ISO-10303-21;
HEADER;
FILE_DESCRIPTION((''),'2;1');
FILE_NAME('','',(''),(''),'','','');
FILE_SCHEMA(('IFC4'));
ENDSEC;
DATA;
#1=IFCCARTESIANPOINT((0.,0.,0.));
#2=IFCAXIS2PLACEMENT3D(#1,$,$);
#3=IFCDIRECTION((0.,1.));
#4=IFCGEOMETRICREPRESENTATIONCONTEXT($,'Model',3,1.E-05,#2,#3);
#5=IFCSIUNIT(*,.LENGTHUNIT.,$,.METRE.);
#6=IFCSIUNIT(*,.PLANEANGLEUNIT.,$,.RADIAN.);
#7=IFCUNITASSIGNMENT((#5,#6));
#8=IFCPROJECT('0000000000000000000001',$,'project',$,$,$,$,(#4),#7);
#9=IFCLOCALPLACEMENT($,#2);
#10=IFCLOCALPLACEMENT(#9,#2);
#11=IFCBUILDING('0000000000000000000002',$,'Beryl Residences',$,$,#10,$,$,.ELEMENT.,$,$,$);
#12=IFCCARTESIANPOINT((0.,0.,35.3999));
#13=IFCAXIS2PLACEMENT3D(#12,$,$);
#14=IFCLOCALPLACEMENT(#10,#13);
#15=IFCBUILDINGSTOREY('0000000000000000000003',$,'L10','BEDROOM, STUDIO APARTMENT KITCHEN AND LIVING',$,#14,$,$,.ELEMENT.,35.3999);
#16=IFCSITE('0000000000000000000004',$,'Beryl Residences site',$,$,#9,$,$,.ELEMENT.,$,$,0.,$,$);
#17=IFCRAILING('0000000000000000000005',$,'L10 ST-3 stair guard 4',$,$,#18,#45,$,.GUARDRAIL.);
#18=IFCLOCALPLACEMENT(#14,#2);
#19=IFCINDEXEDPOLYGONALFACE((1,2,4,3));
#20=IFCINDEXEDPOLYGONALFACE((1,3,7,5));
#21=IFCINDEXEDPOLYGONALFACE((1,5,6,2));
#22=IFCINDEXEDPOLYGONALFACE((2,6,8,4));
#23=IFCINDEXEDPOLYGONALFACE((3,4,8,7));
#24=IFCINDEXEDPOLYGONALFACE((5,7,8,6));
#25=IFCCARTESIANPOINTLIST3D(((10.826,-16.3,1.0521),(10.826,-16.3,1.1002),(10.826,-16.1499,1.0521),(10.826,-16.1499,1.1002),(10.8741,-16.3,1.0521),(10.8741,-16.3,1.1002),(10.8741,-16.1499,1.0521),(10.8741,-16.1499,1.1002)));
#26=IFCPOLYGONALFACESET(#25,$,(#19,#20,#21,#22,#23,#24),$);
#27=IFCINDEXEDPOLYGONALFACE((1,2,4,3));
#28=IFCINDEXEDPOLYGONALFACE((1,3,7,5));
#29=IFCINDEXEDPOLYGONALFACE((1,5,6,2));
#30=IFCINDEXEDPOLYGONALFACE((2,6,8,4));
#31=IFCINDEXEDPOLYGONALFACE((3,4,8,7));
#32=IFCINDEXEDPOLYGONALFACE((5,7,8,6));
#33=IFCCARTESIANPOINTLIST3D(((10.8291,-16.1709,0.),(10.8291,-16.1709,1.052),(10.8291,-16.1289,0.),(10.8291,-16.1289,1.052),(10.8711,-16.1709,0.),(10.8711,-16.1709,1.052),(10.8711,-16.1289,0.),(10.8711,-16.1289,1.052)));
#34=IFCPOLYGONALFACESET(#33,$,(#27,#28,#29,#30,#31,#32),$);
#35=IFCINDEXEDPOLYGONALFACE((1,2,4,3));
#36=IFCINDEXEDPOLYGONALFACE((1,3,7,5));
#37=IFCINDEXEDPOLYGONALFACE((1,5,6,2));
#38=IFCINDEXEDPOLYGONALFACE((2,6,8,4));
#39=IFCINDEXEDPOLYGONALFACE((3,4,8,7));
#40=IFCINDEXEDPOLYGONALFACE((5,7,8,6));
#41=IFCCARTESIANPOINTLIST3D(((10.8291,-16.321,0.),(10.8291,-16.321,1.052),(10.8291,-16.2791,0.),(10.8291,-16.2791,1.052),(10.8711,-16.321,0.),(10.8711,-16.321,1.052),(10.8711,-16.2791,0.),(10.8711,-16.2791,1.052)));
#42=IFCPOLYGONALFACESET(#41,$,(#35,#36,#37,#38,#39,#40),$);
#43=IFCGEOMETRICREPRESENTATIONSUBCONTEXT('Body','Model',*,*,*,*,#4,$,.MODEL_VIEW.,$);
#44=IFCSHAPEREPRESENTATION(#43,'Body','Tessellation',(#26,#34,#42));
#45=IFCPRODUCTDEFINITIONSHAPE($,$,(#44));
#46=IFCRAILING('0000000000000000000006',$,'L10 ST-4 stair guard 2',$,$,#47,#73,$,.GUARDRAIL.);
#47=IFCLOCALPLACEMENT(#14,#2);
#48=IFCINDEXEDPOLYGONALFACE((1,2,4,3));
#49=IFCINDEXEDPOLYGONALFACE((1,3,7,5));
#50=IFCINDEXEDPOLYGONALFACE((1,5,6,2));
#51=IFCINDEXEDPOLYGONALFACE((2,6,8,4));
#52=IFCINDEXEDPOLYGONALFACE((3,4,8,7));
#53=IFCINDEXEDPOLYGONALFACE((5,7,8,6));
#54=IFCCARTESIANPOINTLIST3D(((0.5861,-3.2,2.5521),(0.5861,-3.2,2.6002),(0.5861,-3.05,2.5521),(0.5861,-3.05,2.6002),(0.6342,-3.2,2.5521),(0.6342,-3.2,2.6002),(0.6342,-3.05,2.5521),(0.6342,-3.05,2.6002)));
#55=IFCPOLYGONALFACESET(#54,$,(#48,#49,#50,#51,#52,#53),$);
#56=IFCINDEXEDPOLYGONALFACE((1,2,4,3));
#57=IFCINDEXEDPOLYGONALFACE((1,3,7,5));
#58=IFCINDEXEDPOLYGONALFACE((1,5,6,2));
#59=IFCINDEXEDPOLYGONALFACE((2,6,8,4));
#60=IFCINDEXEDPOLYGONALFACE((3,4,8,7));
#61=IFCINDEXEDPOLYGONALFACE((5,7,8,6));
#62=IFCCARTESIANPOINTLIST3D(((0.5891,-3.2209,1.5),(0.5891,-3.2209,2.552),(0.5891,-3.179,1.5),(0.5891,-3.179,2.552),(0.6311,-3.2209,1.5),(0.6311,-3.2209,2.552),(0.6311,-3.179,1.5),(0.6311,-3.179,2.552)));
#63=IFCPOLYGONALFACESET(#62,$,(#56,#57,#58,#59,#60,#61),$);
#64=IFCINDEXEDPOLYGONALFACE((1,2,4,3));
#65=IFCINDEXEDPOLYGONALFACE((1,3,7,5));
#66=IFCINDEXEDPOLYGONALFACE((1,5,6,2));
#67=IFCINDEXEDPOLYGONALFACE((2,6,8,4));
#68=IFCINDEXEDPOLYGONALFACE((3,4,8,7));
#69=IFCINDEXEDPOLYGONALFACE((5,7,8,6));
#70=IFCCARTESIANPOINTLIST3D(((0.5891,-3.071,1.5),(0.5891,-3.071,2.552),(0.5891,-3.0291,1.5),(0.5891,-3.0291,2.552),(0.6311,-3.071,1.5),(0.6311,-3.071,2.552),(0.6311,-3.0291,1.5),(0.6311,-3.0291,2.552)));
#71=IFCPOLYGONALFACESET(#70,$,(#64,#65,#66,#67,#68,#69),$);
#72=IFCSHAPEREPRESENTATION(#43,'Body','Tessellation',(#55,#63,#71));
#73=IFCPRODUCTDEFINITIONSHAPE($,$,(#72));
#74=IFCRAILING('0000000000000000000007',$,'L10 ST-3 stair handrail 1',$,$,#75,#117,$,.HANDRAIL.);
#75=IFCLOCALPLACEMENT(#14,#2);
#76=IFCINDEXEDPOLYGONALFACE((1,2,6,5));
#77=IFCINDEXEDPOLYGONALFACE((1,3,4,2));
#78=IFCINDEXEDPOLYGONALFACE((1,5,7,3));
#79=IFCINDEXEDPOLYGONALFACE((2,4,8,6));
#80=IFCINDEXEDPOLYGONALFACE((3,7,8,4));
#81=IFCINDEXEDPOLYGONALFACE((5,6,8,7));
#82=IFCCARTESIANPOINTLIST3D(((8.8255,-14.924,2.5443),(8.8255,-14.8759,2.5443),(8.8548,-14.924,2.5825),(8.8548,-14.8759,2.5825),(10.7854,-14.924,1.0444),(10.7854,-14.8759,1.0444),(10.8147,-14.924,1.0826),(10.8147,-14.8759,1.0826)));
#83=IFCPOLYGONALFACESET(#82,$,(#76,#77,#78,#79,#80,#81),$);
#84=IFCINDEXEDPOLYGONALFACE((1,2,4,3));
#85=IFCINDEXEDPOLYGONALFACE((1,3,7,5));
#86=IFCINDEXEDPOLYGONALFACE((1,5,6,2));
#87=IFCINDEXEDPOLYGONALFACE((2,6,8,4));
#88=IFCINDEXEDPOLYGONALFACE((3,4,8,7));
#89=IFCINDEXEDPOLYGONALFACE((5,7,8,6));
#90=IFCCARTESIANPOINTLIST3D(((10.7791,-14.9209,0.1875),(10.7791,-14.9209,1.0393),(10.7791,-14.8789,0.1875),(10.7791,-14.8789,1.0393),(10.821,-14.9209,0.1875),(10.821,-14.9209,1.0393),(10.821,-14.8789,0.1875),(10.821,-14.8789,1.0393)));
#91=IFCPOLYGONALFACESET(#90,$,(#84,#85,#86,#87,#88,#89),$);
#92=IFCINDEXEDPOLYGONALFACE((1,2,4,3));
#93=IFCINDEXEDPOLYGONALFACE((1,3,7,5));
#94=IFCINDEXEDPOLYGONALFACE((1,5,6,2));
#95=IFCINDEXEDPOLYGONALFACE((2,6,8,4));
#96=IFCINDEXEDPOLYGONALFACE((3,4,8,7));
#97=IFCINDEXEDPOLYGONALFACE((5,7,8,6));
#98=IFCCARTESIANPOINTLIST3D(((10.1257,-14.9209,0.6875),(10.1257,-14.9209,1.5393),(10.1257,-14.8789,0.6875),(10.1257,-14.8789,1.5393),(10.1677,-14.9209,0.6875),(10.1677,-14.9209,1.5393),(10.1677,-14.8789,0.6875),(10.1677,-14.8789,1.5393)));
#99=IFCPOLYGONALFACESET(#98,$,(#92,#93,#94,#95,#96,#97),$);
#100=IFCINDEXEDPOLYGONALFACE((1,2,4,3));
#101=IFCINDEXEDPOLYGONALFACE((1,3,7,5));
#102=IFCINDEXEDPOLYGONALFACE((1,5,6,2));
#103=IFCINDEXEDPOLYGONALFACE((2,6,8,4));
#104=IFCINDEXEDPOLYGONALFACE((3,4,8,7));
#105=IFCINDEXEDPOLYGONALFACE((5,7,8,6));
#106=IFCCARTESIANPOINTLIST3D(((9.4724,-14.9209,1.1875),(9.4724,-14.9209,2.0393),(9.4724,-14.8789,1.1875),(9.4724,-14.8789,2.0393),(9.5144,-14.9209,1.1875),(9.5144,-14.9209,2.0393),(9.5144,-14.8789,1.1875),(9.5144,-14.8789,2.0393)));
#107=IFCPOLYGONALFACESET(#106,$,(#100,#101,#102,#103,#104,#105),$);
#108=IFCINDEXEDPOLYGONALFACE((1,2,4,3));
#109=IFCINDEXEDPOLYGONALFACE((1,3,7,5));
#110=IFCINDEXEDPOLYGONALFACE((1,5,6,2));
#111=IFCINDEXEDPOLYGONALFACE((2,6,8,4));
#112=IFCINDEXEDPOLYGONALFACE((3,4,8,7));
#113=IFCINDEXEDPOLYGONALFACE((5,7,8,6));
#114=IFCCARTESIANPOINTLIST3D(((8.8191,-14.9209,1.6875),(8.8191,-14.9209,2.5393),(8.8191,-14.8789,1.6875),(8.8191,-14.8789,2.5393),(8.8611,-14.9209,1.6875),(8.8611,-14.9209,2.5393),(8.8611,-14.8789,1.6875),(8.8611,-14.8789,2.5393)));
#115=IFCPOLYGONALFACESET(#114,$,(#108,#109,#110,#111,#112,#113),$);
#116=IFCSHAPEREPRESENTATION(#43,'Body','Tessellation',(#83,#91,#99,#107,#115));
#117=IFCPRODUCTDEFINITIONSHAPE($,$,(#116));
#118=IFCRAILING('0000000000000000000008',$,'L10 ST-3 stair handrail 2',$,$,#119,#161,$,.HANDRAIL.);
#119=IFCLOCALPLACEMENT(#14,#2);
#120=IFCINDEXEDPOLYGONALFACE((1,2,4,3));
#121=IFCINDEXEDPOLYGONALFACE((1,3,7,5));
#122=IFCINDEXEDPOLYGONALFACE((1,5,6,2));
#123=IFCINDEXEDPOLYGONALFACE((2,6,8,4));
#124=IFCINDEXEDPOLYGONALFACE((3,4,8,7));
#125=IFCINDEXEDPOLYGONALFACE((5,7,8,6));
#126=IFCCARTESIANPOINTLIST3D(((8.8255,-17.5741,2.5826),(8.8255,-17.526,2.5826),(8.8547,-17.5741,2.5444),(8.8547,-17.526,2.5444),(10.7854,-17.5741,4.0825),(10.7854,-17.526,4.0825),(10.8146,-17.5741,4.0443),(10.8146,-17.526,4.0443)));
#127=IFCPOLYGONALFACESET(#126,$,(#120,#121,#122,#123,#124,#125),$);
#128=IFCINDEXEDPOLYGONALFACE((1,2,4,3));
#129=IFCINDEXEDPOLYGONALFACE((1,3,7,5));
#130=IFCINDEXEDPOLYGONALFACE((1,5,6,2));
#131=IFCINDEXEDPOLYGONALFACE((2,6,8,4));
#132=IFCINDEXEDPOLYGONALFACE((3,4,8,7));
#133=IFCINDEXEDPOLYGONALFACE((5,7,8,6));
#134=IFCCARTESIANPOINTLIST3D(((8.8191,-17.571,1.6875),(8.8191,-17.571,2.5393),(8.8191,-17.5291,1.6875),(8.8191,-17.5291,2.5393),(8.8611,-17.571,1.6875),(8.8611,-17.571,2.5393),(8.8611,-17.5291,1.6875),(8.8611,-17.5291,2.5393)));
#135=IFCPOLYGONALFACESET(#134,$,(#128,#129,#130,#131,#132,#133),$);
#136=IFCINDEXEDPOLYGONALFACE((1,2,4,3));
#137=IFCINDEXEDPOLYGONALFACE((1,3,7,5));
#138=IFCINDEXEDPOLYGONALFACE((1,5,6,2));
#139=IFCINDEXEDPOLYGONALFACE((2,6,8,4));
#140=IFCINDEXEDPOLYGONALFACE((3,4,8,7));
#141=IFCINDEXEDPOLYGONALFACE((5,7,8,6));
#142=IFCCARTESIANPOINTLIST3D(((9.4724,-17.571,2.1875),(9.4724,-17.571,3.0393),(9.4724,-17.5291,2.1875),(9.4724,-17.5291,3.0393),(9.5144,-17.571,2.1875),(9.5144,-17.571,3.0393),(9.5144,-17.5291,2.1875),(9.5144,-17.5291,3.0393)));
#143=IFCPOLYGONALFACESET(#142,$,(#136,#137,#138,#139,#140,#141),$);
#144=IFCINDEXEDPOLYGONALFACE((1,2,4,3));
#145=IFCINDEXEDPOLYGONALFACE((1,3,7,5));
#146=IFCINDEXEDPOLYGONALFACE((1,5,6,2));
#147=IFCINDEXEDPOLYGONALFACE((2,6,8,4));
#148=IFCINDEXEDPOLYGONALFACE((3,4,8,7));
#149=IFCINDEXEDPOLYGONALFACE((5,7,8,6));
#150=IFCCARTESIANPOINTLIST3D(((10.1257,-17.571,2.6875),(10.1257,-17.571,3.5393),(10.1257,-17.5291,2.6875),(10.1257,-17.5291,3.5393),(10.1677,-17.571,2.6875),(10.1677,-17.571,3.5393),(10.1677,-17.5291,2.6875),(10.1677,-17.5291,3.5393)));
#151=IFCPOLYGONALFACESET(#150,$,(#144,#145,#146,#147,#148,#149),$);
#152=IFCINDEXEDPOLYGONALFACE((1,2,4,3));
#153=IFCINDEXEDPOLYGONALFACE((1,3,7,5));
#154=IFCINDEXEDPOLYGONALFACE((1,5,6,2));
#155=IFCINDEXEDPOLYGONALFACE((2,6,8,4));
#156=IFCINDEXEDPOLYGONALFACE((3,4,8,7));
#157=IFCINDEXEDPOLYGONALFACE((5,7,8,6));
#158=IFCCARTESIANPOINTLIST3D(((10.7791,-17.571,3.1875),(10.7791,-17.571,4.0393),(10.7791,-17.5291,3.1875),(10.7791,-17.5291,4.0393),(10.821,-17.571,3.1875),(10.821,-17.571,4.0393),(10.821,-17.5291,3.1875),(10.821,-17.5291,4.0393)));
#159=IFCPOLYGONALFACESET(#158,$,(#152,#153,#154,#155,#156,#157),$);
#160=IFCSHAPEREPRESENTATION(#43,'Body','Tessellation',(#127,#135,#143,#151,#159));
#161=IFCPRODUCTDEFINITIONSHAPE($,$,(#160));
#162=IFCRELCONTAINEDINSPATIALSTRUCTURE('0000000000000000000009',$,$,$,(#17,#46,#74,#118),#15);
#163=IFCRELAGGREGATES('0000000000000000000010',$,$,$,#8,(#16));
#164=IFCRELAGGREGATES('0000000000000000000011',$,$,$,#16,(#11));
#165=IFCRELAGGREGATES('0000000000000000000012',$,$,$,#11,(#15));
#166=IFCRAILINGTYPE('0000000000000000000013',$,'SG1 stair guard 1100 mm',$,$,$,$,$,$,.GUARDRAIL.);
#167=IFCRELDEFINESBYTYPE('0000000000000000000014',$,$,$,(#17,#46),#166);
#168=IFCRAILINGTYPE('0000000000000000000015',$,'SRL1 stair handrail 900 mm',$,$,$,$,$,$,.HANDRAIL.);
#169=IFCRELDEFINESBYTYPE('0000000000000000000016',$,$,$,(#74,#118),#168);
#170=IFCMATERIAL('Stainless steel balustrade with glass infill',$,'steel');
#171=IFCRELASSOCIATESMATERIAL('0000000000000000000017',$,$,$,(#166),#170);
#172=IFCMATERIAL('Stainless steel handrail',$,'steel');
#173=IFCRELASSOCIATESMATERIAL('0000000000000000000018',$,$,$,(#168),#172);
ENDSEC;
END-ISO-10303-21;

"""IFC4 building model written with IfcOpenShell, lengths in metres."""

from ifc_helpers import new_model, si_unit, direction, frame, origin, origin_2d, place, context, subcontext, project, spatial, rectangle, extrude, material, type_object, element, save


model = new_model("IFC4")

# Units and contexts
model_context = context("Model", 3, precision=1e-05, world=origin(), true_north=direction((0.0, 1.0)))
body_context = subcontext(model_context, "Body", "Model", "MODEL_VIEW")
ifc_project = project(units=[si_unit("LENGTHUNIT", "METRE"), si_unit("PLANEANGLEUNIT", "RADIAN")], contexts=[model_context])

# Site, building, storey
site_placement = place(None, origin())
site = spatial("IfcSite", under=ifc_project, at=site_placement, Name="Beryl Residences site", CompositionType="ELEMENT", RefElevation=0.0)
building_placement = place(site_placement, origin())
building = spatial("IfcBuilding", under=site, at=building_placement, Name="Beryl Residences", CompositionType="ELEMENT")
storey_placement = place(building_placement, frame((0.0, 0.0, 35.3999)))
storey = spatial("IfcBuildingStorey", under=building, at=storey_placement, Name="L10", Description="BEDROOM, STUDIO APARTMENT KITCHEN AND LIVING", CompositionType="ELEMENT", Elevation=35.3999)

# Railings
ifc_material_1 = material(Name="Stainless steel balustrade with glass infill", Category="steel")
railing_type_1 = type_object("IfcRailingType", Name="SG1 stair guard 1100 mm", PredefinedType="GUARDRAIL", material=ifc_material_1)
railing_1_placement = place(storey_placement, frame((10.8501, -16.1499, 0.0)))
element("IfcRailing", 1, at=railing_1_placement, inside=storey, type_object=railing_type_1, Name="L10 ST-3 stair guard 4", PredefinedType="GUARDRAIL", context=body_context, shape_type="SweptSolid", body=[
    extrude(rectangle(XDim=0.0481, YDim=0.0481, at=origin_2d()), frame((0.0, 0.0, 1.0762), z_axis=(0.0, -1.0, 0.0), x_axis=(1.0, 0.0, 0.0)), (0.0, 0.0, 1.0), 0.1501),
    extrude(rectangle(XDim=0.042, YDim=0.042, at=origin_2d()), origin(), (0.0, 0.0, 1.0), 1.052),
    extrude(rectangle(XDim=0.042, YDim=0.042, at=origin_2d()), frame((0.0, -0.1501, 0.0)), (0.0, 0.0, 1.0), 1.052),
])
railing_2_placement = place(storey_placement, frame((0.6101, -3.2, 1.5)))
element("IfcRailing", 2, at=railing_2_placement, inside=storey, type_object=railing_type_1, Name="L10 ST-4 stair guard 2", PredefinedType="GUARDRAIL", context=body_context, shape_type="SweptSolid", body=[
    extrude(rectangle(XDim=0.0481, YDim=0.0481, at=origin_2d()), frame((0.0, 0.0, 1.0762), z_axis=(0.0, 1.0, 0.0), x_axis=(-1.0, 0.0, 0.0)), (0.0, 0.0, 1.0), 0.1499),
    extrude(rectangle(XDim=0.042, YDim=0.042, at=origin_2d()), origin(), (0.0, 0.0, 1.0), 1.052),
    extrude(rectangle(XDim=0.042, YDim=0.042, at=origin_2d()), frame((0.0, 0.1499, 0.0)), (0.0, 0.0, 1.0), 1.052),
])
ifc_material_2 = material(Name="Stainless steel handrail", Category="steel")
railing_type_2 = type_object("IfcRailingType", Name="SRL1 stair handrail 900 mm", PredefinedType="HANDRAIL", material=ifc_material_2)
railing_3_placement = place(storey_placement, frame((10.8, -14.8999, 0.1875)))
element("IfcRailing", 3, at=railing_3_placement, inside=storey, type_object=railing_type_2, Name="L10 ST-3 stair handrail 1", PredefinedType="HANDRAIL", context=body_context, shape_type="SweptSolid", body=[
    extrude(rectangle(XDim=0.0481, YDim=0.0481, at=origin_2d()), frame((0.0, 0.0, 0.876), z_axis=(-0.794122, 0.0, 0.607758), x_axis=(0.0, -1.0, 0.0)), (0.0, 0.0, 1.0), 2.468),
    extrude(rectangle(XDim=0.042, YDim=0.042, at=origin_2d()), origin(), (0.0, 0.0, 1.0), 0.8518),
    extrude(rectangle(XDim=0.042, YDim=0.042, at=origin_2d()), frame((-0.6533, 0.0, 0.5)), (0.0, 0.0, 1.0), 0.8518),
    extrude(rectangle(XDim=0.042, YDim=0.042, at=origin_2d()), frame((-1.3066, 0.0, 1.0)), (0.0, 0.0, 1.0), 0.8518),
    extrude(rectangle(XDim=0.042, YDim=0.042, at=origin_2d()), frame((-1.96, 0.0, 1.5)), (0.0, 0.0, 1.0), 0.8518),
])
railing_4_placement = place(storey_placement, frame((8.8401, -17.55, 1.6875)))
element("IfcRailing", 4, at=railing_4_placement, inside=storey, type_object=railing_type_2, Name="L10 ST-3 stair handrail 2", PredefinedType="HANDRAIL", context=body_context, shape_type="SweptSolid", body=[
    extrude(rectangle(XDim=0.0481, YDim=0.0481, at=origin_2d()), frame((0.0, 0.0, 0.876), z_axis=(0.794122, 0.0, 0.607758), x_axis=(0.0, 1.0, 0.0)), (0.0, 0.0, 1.0), 2.468),
    extrude(rectangle(XDim=0.042, YDim=0.042, at=origin_2d()), origin(), (0.0, 0.0, 1.0), 0.8518),
    extrude(rectangle(XDim=0.042, YDim=0.042, at=origin_2d()), frame((0.6533, 0.0, 0.5)), (0.0, 0.0, 1.0), 0.8518),
    extrude(rectangle(XDim=0.042, YDim=0.042, at=origin_2d()), frame((1.3066, 0.0, 1.0)), (0.0, 0.0, 1.0), 0.8518),
    extrude(rectangle(XDim=0.042, YDim=0.042, at=origin_2d()), frame((1.96, 0.0, 1.5)), (0.0, 0.0, 1.0), 0.8518),
])

save(model, "model.ifc")
